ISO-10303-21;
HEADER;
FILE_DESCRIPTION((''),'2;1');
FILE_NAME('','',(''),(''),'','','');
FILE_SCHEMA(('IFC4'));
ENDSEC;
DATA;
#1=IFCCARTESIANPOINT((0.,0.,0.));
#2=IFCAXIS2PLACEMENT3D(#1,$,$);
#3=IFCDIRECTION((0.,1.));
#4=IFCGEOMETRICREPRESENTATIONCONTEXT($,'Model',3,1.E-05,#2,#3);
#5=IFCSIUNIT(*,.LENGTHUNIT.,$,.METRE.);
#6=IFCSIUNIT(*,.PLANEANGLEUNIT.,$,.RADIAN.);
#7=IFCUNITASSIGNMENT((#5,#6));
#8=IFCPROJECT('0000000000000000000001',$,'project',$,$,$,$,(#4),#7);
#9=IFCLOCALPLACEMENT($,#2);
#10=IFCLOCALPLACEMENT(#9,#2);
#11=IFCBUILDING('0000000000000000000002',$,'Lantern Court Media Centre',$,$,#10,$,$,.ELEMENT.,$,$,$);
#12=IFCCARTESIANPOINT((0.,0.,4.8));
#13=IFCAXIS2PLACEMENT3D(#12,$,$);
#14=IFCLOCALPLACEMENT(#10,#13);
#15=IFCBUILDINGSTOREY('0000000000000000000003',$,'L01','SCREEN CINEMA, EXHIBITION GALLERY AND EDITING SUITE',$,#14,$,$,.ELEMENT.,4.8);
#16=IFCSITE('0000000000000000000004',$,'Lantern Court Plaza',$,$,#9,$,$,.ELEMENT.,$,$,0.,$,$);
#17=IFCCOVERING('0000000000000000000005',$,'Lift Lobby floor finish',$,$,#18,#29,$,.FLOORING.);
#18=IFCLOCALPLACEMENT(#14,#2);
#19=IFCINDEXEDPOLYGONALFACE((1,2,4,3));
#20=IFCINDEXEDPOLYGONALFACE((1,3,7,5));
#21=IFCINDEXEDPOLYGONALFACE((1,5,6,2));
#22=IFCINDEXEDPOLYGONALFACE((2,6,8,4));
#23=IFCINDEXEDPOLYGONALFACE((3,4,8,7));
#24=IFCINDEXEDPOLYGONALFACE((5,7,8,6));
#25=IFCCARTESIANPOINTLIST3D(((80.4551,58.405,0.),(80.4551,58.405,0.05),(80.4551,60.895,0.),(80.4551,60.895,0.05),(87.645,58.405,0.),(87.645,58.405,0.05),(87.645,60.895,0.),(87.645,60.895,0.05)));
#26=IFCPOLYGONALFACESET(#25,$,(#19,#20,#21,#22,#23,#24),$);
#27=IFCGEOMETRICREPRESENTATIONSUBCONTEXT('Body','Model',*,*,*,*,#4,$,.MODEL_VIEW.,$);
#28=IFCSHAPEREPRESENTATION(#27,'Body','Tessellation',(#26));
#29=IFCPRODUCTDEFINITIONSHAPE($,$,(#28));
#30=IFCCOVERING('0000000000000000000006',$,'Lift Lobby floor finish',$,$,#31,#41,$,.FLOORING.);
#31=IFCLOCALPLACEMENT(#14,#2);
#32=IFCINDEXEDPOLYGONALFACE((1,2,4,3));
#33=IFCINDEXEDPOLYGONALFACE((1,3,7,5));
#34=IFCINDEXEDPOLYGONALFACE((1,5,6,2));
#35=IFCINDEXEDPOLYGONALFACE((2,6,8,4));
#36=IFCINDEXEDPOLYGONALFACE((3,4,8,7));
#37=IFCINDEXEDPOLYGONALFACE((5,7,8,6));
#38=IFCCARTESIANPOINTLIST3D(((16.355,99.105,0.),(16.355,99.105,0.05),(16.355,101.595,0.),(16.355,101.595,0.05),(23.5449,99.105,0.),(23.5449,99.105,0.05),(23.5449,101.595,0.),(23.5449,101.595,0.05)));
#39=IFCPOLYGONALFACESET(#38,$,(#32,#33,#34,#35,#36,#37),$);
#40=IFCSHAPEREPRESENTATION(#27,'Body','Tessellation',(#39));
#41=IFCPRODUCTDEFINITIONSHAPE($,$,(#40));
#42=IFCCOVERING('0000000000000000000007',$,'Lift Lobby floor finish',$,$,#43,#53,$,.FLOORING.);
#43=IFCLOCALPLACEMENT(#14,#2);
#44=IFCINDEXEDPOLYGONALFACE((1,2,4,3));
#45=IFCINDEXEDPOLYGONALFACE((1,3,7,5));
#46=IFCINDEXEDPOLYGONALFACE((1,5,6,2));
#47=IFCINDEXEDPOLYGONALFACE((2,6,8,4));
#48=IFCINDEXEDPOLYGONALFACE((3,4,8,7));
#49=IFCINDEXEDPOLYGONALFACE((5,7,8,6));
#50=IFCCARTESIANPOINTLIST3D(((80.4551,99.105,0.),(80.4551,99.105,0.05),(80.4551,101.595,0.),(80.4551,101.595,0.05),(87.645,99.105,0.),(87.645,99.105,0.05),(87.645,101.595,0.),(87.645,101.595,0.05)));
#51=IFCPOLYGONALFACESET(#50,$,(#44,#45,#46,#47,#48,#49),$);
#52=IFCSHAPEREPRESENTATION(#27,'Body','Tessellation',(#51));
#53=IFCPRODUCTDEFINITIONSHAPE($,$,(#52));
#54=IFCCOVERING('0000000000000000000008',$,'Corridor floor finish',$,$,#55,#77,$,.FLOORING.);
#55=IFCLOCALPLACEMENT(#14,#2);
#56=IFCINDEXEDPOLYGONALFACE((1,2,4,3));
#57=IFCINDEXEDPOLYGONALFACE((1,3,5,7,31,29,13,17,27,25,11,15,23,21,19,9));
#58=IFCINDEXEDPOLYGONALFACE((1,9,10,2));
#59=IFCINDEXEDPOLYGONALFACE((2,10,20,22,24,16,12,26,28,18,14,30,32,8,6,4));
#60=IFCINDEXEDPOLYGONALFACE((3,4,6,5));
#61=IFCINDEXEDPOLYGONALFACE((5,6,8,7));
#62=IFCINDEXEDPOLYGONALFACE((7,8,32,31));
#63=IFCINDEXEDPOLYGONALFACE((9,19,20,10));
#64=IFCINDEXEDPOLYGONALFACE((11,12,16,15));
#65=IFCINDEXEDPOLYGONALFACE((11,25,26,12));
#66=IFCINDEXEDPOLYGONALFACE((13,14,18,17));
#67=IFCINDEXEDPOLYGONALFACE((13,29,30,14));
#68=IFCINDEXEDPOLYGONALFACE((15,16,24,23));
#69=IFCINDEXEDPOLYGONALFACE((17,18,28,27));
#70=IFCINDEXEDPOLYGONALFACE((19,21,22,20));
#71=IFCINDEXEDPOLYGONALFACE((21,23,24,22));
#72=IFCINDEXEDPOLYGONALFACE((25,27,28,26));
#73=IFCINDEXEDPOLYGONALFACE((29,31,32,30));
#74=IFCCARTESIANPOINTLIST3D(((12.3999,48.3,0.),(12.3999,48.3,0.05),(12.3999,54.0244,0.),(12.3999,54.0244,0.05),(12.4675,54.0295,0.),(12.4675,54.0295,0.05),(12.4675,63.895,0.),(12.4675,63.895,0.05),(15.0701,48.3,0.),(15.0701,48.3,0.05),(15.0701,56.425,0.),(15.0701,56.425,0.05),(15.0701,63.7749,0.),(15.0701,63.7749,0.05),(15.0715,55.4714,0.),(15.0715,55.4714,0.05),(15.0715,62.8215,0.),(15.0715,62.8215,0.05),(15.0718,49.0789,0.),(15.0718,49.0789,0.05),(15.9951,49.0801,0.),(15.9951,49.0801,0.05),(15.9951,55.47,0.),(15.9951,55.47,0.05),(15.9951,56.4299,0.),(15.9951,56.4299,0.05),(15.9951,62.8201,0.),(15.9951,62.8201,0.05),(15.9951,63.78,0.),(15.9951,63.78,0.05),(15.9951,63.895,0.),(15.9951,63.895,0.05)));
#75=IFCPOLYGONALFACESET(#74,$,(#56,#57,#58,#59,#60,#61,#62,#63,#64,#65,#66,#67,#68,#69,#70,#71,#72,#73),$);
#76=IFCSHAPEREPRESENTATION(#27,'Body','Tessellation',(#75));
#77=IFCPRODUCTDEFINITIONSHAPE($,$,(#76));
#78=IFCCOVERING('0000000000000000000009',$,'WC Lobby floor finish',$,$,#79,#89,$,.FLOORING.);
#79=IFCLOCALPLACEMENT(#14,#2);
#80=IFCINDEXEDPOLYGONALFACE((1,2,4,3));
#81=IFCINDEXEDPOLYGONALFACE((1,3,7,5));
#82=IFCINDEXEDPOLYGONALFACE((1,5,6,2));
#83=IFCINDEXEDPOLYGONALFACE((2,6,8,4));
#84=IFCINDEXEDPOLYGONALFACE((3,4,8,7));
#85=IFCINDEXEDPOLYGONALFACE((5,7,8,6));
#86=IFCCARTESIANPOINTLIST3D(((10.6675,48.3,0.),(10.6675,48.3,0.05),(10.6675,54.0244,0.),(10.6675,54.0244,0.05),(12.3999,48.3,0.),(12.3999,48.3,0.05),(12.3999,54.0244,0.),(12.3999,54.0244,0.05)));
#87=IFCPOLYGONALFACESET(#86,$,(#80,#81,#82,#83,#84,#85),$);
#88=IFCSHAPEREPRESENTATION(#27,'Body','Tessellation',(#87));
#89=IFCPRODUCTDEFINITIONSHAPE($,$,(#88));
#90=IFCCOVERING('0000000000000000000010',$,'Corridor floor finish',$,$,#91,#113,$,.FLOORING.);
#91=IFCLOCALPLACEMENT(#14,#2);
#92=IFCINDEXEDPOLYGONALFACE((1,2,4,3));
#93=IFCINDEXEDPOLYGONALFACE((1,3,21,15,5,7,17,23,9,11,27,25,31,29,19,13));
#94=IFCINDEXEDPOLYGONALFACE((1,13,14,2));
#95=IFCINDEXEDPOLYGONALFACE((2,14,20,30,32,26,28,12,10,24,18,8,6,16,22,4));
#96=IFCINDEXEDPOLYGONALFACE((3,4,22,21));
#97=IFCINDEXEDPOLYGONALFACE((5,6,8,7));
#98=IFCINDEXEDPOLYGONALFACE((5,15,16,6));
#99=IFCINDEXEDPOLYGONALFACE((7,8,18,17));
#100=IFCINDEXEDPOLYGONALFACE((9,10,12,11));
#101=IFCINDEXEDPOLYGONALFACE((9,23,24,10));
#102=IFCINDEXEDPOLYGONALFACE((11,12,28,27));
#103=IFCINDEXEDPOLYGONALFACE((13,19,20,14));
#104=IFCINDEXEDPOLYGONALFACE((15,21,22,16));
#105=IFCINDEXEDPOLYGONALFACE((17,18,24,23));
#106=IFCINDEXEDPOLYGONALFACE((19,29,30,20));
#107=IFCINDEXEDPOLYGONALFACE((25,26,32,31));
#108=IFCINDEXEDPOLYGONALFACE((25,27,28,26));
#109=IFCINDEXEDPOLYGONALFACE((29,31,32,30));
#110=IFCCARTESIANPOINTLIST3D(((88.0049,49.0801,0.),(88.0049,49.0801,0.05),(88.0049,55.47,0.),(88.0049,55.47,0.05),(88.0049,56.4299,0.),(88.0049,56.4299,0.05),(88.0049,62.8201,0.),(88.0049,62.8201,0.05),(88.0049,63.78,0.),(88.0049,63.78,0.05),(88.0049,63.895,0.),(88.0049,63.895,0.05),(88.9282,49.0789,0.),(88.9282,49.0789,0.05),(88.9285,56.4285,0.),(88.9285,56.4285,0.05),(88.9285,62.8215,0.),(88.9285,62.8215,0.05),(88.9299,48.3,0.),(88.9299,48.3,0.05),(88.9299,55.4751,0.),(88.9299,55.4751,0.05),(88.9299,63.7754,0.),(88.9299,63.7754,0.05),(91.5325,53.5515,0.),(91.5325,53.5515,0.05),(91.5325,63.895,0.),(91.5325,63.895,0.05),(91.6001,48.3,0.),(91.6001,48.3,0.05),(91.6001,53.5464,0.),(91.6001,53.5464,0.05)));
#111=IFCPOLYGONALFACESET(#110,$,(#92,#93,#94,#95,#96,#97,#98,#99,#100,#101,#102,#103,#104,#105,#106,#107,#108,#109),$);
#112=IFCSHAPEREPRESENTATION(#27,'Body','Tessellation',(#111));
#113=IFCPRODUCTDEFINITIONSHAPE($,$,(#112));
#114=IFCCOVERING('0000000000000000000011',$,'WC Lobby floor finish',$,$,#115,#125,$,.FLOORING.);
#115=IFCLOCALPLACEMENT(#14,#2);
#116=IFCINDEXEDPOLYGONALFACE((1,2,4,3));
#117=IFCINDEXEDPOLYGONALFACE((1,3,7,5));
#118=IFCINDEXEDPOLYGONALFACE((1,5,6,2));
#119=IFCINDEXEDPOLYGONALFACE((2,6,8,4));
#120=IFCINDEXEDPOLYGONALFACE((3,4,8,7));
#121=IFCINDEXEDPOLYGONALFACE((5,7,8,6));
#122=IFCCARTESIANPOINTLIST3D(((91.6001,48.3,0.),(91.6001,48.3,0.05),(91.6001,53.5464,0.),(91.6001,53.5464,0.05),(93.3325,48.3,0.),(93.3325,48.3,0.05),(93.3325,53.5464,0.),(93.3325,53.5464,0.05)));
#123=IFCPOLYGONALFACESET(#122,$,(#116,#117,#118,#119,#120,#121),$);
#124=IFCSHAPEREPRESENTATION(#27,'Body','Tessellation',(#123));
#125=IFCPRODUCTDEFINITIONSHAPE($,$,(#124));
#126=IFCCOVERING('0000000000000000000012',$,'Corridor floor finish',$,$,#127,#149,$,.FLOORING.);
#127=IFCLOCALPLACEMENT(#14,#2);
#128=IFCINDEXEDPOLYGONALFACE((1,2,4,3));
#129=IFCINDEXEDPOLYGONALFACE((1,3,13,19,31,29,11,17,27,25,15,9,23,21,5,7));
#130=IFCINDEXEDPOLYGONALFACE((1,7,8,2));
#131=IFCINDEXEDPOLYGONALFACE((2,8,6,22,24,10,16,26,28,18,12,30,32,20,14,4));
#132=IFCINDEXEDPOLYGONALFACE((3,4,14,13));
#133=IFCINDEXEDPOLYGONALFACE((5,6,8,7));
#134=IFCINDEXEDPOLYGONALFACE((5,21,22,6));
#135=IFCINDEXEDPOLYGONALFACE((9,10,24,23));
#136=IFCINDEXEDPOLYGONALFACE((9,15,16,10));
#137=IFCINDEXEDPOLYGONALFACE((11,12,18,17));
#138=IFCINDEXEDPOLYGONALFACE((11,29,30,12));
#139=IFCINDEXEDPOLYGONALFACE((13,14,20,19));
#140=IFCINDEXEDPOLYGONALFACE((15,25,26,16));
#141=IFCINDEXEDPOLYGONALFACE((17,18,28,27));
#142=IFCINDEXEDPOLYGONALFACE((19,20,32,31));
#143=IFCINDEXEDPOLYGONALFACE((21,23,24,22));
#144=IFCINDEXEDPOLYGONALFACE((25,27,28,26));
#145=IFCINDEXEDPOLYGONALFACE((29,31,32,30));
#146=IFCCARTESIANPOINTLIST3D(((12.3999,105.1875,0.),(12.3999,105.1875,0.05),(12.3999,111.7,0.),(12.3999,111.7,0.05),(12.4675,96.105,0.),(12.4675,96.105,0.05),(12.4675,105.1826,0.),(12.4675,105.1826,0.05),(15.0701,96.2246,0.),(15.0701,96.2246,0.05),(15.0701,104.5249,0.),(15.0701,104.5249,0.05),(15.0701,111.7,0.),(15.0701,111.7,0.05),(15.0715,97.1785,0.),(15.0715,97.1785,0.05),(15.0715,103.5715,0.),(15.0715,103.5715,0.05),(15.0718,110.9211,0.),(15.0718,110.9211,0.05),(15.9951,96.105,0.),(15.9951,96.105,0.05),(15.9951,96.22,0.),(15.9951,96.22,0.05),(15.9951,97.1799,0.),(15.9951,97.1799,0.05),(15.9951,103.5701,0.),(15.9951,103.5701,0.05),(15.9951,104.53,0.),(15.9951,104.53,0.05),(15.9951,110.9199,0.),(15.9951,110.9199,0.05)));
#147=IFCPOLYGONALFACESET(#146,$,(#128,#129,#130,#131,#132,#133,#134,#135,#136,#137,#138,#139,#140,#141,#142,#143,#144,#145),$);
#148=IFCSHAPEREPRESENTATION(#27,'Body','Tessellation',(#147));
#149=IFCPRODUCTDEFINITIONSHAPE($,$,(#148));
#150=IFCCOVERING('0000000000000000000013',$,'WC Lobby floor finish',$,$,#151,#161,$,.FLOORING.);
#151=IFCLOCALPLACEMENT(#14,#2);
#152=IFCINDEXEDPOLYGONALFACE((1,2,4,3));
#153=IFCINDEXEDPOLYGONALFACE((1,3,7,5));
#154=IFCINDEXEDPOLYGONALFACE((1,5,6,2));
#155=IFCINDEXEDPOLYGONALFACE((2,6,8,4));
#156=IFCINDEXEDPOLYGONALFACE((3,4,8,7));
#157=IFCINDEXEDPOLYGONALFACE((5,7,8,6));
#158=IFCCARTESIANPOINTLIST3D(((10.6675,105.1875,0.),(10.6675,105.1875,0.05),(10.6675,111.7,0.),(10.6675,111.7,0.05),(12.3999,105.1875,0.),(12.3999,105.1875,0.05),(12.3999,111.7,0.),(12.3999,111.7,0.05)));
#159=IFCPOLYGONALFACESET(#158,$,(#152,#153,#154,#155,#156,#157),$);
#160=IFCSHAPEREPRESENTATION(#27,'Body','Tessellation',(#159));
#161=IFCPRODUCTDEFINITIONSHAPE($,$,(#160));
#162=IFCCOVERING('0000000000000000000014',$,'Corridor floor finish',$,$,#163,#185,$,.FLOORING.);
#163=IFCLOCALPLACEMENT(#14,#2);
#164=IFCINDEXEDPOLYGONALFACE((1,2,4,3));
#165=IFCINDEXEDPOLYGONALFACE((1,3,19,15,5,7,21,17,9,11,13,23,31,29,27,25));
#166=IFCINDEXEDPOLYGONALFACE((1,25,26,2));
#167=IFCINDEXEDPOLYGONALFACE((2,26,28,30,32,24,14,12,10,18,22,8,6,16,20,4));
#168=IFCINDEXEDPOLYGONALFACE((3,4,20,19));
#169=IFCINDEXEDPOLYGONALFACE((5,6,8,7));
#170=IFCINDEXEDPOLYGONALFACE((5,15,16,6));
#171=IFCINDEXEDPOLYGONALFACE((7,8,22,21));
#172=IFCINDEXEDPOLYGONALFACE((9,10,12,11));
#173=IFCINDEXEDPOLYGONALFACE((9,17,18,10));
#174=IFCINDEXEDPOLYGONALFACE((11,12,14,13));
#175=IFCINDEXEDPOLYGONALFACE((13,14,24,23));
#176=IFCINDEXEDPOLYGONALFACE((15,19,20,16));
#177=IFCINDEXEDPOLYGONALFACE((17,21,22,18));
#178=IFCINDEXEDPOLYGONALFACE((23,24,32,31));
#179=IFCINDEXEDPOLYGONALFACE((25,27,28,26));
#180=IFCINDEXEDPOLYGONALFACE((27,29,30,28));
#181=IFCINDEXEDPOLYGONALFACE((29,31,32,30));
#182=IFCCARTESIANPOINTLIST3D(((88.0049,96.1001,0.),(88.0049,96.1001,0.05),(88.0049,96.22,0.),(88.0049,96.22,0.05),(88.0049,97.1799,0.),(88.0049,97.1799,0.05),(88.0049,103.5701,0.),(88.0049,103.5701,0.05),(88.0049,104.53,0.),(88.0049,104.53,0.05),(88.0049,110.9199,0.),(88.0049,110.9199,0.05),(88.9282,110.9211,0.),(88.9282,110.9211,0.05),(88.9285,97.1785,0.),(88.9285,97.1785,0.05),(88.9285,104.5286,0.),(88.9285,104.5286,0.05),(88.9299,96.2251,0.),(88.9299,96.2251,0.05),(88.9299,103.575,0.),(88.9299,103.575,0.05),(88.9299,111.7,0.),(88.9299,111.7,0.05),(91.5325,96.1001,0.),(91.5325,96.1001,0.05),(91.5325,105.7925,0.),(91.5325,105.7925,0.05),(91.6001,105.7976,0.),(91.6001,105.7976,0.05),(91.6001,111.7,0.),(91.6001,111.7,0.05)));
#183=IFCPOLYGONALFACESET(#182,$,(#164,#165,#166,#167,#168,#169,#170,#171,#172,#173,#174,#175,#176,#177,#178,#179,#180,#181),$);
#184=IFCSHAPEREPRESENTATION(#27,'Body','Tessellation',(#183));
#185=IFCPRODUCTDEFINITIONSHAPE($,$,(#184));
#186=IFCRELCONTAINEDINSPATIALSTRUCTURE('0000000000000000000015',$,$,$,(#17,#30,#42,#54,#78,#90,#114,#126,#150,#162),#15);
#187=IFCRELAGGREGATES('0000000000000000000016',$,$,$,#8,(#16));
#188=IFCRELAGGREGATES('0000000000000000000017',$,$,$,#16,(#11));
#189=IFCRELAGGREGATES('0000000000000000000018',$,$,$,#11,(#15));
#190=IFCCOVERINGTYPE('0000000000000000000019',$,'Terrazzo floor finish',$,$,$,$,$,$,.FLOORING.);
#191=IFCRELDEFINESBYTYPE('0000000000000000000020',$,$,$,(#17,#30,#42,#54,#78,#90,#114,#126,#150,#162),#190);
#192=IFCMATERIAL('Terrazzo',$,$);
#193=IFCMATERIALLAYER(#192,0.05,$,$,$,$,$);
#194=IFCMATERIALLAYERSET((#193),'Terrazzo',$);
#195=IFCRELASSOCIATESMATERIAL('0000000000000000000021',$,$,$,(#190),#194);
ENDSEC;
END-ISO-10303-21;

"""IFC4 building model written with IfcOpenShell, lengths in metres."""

from ifc_helpers import new_model, si_unit, direction, frame, origin, place, context, subcontext, project, spatial, polyline, outline, extrude, material, layer, layer_set, type_object, element, save


model = new_model("IFC4")

# Units and contexts
model_context = context("Model", 3, precision=1e-05, world=origin(), true_north=direction((0.0, 1.0)))
body_context = subcontext(model_context, "Body", "Model", "MODEL_VIEW")
ifc_project = project(units=[si_unit("LENGTHUNIT", "METRE"), si_unit("PLANEANGLEUNIT", "RADIAN")], contexts=[model_context])

# Site, building, storey
site_placement = place(None, origin())
site = spatial("IfcSite", under=ifc_project, at=site_placement, Name="Lantern Court Plaza", CompositionType="ELEMENT", RefElevation=0.0)
building_placement = place(site_placement, origin())
building = spatial("IfcBuilding", under=site, at=building_placement, Name="Lantern Court Media Centre", CompositionType="ELEMENT")
storey_placement = place(building_placement, frame((0.0, 0.0, 4.8)))
storey = spatial("IfcBuildingStorey", under=building, at=storey_placement, Name="L01", Description="SCREEN CINEMA, EXHIBITION GALLERY AND EDITING SUITE", CompositionType="ELEMENT", Elevation=4.8)

# Coverings
ifc_material_1 = material(Name="Terrazzo")
ifc_layer_1 = layer(ifc_material_1, 0.05)
ifc_layer_set_1 = layer_set([ifc_layer_1], Name="Terrazzo")
covering_type_1 = type_object("IfcCoveringType", Name="Terrazzo floor finish", PredefinedType="FLOORING", material=ifc_layer_set_1)
covering_1_placement = place(storey_placement, origin())
element("IfcCovering", 1, at=covering_1_placement, inside=storey, type_object=covering_type_1, Name="Lift Lobby floor finish", PredefinedType="FLOORING", context=body_context, shape_type="SweptSolid", body=[
    extrude(outline(polyline([(80.4551, 58.405), (80.4551, 60.895), (87.645, 60.895), (87.645, 58.405), (80.4551, 58.405)])), origin(), (0.0, 0.0, 1.0), 0.05),
])
covering_2_placement = place(storey_placement, origin())
element("IfcCovering", 2, at=covering_2_placement, inside=storey, type_object=covering_type_1, Name="Lift Lobby floor finish", PredefinedType="FLOORING", context=body_context, shape_type="SweptSolid", body=[
    extrude(outline(polyline([(16.355, 99.105), (16.355, 101.595), (23.5449, 101.595), (23.5449, 99.105), (16.355, 99.105)])), origin(), (0.0, 0.0, 1.0), 0.05),
])
covering_3_placement = place(storey_placement, origin())
element("IfcCovering", 3, at=covering_3_placement, inside=storey, type_object=covering_type_1, Name="Lift Lobby floor finish", PredefinedType="FLOORING", context=body_context, shape_type="SweptSolid", body=[
    extrude(outline(polyline([(80.4551, 99.105), (80.4551, 101.595), (87.645, 101.595), (87.645, 99.105), (80.4551, 99.105)])), origin(), (0.0, 0.0, 1.0), 0.05),
])
covering_4_placement = place(storey_placement, origin())
element("IfcCovering", 4, at=covering_4_placement, inside=storey, type_object=covering_type_1, Name="Corridor floor finish", PredefinedType="FLOORING", context=body_context, shape_type="SweptSolid", body=[
    extrude(outline(polyline([(12.3999, 48.3), (12.3999, 54.0244), (12.4675, 54.0295), (12.4675, 63.895), (15.9951, 63.895), (15.9951, 63.78), (15.0701, 63.7749), (15.0715, 62.8215), (15.9951, 62.8201), (15.9951, 56.4299), (15.0701, 56.425), (15.0715, 55.4714), (15.9951, 55.47), (15.9951, 49.0801), (15.0718, 49.0789), (15.0701, 48.3), (12.3999, 48.3)])), origin(), (0.0, 0.0, 1.0), 0.05),
])
covering_5_placement = place(storey_placement, origin())
element("IfcCovering", 5, at=covering_5_placement, inside=storey, type_object=covering_type_1, Name="WC Lobby floor finish", PredefinedType="FLOORING", context=body_context, shape_type="SweptSolid", body=[
    extrude(outline(polyline([(12.3999, 48.3), (10.6675, 48.3), (10.6675, 54.0244), (12.3999, 54.0244), (12.3999, 48.3)])), origin(), (0.0, 0.0, 1.0), 0.05),
])
covering_6_placement = place(storey_placement, origin())
element("IfcCovering", 6, at=covering_6_placement, inside=storey, type_object=covering_type_1, Name="Corridor floor finish", PredefinedType="FLOORING", context=body_context, shape_type="SweptSolid", body=[
    extrude(outline(polyline([(91.6001, 48.3), (88.9299, 48.3), (88.9282, 49.0789), (88.0049, 49.0801), (88.0049, 55.47), (88.9299, 55.4751), (88.9285, 56.4285), (88.0049, 56.4299), (88.0049, 62.8201), (88.9285, 62.8215), (88.9299, 63.7754), (88.0049, 63.78), (88.0049, 63.895), (91.5325, 63.895), (91.5325, 53.5515), (91.6001, 53.5464), (91.6001, 48.3)])), origin(), (0.0, 0.0, 1.0), 0.05),
])
covering_7_placement = place(storey_placement, origin())
element("IfcCovering", 7, at=covering_7_placement, inside=storey, type_object=covering_type_1, Name="WC Lobby floor finish", PredefinedType="FLOORING", context=body_context, shape_type="SweptSolid", body=[
    extrude(outline(polyline([(91.6001, 48.3), (91.6001, 53.5464), (93.3325, 53.5464), (93.3325, 48.3), (91.6001, 48.3)])), origin(), (0.0, 0.0, 1.0), 0.05),
])
covering_8_placement = place(storey_placement, origin())
element("IfcCovering", 8, at=covering_8_placement, inside=storey, type_object=covering_type_1, Name="Corridor floor finish", PredefinedType="FLOORING", context=body_context, shape_type="SweptSolid", body=[
    extrude(outline(polyline([(12.3999, 111.7), (15.0701, 111.7), (15.0718, 110.9211), (15.9951, 110.9199), (15.9951, 104.53), (15.0701, 104.5249), (15.0715, 103.5715), (15.9951, 103.5701), (15.9951, 97.1799), (15.0715, 97.1785), (15.0701, 96.2246), (15.9951, 96.22), (15.9951, 96.105), (12.4675, 96.105), (12.4675, 105.1826), (12.3999, 105.1875), (12.3999, 111.7)])), origin(), (0.0, 0.0, 1.0), 0.05),
])
covering_9_placement = place(storey_placement, origin())
element("IfcCovering", 9, at=covering_9_placement, inside=storey, type_object=covering_type_1, Name="WC Lobby floor finish", PredefinedType="FLOORING", context=body_context, shape_type="SweptSolid", body=[
    extrude(outline(polyline([(12.3999, 111.7), (12.3999, 105.1875), (10.6675, 105.1875), (10.6675, 111.7), (12.3999, 111.7)])), origin(), (0.0, 0.0, 1.0), 0.05),
])
covering_10_placement = place(storey_placement, origin())
element("IfcCovering", 10, at=covering_10_placement, inside=storey, type_object=covering_type_1, Name="Corridor floor finish", PredefinedType="FLOORING", context=body_context, shape_type="SweptSolid", body=[
    extrude(outline(polyline([(91.6001, 111.7), (91.6001, 105.7976), (91.5325, 105.7925), (91.5325, 96.1001), (88.0049, 96.1001), (88.0049, 96.22), (88.9299, 96.2251), (88.9285, 97.1785), (88.0049, 97.1799), (88.0049, 103.5701), (88.9299, 103.575), (88.9285, 104.5286), (88.0049, 104.53), (88.0049, 110.9199), (88.9282, 110.9211), (88.9299, 111.7), (91.6001, 111.7)])), origin(), (0.0, 0.0, 1.0), 0.05),
])

save(model, "model.ifc")
